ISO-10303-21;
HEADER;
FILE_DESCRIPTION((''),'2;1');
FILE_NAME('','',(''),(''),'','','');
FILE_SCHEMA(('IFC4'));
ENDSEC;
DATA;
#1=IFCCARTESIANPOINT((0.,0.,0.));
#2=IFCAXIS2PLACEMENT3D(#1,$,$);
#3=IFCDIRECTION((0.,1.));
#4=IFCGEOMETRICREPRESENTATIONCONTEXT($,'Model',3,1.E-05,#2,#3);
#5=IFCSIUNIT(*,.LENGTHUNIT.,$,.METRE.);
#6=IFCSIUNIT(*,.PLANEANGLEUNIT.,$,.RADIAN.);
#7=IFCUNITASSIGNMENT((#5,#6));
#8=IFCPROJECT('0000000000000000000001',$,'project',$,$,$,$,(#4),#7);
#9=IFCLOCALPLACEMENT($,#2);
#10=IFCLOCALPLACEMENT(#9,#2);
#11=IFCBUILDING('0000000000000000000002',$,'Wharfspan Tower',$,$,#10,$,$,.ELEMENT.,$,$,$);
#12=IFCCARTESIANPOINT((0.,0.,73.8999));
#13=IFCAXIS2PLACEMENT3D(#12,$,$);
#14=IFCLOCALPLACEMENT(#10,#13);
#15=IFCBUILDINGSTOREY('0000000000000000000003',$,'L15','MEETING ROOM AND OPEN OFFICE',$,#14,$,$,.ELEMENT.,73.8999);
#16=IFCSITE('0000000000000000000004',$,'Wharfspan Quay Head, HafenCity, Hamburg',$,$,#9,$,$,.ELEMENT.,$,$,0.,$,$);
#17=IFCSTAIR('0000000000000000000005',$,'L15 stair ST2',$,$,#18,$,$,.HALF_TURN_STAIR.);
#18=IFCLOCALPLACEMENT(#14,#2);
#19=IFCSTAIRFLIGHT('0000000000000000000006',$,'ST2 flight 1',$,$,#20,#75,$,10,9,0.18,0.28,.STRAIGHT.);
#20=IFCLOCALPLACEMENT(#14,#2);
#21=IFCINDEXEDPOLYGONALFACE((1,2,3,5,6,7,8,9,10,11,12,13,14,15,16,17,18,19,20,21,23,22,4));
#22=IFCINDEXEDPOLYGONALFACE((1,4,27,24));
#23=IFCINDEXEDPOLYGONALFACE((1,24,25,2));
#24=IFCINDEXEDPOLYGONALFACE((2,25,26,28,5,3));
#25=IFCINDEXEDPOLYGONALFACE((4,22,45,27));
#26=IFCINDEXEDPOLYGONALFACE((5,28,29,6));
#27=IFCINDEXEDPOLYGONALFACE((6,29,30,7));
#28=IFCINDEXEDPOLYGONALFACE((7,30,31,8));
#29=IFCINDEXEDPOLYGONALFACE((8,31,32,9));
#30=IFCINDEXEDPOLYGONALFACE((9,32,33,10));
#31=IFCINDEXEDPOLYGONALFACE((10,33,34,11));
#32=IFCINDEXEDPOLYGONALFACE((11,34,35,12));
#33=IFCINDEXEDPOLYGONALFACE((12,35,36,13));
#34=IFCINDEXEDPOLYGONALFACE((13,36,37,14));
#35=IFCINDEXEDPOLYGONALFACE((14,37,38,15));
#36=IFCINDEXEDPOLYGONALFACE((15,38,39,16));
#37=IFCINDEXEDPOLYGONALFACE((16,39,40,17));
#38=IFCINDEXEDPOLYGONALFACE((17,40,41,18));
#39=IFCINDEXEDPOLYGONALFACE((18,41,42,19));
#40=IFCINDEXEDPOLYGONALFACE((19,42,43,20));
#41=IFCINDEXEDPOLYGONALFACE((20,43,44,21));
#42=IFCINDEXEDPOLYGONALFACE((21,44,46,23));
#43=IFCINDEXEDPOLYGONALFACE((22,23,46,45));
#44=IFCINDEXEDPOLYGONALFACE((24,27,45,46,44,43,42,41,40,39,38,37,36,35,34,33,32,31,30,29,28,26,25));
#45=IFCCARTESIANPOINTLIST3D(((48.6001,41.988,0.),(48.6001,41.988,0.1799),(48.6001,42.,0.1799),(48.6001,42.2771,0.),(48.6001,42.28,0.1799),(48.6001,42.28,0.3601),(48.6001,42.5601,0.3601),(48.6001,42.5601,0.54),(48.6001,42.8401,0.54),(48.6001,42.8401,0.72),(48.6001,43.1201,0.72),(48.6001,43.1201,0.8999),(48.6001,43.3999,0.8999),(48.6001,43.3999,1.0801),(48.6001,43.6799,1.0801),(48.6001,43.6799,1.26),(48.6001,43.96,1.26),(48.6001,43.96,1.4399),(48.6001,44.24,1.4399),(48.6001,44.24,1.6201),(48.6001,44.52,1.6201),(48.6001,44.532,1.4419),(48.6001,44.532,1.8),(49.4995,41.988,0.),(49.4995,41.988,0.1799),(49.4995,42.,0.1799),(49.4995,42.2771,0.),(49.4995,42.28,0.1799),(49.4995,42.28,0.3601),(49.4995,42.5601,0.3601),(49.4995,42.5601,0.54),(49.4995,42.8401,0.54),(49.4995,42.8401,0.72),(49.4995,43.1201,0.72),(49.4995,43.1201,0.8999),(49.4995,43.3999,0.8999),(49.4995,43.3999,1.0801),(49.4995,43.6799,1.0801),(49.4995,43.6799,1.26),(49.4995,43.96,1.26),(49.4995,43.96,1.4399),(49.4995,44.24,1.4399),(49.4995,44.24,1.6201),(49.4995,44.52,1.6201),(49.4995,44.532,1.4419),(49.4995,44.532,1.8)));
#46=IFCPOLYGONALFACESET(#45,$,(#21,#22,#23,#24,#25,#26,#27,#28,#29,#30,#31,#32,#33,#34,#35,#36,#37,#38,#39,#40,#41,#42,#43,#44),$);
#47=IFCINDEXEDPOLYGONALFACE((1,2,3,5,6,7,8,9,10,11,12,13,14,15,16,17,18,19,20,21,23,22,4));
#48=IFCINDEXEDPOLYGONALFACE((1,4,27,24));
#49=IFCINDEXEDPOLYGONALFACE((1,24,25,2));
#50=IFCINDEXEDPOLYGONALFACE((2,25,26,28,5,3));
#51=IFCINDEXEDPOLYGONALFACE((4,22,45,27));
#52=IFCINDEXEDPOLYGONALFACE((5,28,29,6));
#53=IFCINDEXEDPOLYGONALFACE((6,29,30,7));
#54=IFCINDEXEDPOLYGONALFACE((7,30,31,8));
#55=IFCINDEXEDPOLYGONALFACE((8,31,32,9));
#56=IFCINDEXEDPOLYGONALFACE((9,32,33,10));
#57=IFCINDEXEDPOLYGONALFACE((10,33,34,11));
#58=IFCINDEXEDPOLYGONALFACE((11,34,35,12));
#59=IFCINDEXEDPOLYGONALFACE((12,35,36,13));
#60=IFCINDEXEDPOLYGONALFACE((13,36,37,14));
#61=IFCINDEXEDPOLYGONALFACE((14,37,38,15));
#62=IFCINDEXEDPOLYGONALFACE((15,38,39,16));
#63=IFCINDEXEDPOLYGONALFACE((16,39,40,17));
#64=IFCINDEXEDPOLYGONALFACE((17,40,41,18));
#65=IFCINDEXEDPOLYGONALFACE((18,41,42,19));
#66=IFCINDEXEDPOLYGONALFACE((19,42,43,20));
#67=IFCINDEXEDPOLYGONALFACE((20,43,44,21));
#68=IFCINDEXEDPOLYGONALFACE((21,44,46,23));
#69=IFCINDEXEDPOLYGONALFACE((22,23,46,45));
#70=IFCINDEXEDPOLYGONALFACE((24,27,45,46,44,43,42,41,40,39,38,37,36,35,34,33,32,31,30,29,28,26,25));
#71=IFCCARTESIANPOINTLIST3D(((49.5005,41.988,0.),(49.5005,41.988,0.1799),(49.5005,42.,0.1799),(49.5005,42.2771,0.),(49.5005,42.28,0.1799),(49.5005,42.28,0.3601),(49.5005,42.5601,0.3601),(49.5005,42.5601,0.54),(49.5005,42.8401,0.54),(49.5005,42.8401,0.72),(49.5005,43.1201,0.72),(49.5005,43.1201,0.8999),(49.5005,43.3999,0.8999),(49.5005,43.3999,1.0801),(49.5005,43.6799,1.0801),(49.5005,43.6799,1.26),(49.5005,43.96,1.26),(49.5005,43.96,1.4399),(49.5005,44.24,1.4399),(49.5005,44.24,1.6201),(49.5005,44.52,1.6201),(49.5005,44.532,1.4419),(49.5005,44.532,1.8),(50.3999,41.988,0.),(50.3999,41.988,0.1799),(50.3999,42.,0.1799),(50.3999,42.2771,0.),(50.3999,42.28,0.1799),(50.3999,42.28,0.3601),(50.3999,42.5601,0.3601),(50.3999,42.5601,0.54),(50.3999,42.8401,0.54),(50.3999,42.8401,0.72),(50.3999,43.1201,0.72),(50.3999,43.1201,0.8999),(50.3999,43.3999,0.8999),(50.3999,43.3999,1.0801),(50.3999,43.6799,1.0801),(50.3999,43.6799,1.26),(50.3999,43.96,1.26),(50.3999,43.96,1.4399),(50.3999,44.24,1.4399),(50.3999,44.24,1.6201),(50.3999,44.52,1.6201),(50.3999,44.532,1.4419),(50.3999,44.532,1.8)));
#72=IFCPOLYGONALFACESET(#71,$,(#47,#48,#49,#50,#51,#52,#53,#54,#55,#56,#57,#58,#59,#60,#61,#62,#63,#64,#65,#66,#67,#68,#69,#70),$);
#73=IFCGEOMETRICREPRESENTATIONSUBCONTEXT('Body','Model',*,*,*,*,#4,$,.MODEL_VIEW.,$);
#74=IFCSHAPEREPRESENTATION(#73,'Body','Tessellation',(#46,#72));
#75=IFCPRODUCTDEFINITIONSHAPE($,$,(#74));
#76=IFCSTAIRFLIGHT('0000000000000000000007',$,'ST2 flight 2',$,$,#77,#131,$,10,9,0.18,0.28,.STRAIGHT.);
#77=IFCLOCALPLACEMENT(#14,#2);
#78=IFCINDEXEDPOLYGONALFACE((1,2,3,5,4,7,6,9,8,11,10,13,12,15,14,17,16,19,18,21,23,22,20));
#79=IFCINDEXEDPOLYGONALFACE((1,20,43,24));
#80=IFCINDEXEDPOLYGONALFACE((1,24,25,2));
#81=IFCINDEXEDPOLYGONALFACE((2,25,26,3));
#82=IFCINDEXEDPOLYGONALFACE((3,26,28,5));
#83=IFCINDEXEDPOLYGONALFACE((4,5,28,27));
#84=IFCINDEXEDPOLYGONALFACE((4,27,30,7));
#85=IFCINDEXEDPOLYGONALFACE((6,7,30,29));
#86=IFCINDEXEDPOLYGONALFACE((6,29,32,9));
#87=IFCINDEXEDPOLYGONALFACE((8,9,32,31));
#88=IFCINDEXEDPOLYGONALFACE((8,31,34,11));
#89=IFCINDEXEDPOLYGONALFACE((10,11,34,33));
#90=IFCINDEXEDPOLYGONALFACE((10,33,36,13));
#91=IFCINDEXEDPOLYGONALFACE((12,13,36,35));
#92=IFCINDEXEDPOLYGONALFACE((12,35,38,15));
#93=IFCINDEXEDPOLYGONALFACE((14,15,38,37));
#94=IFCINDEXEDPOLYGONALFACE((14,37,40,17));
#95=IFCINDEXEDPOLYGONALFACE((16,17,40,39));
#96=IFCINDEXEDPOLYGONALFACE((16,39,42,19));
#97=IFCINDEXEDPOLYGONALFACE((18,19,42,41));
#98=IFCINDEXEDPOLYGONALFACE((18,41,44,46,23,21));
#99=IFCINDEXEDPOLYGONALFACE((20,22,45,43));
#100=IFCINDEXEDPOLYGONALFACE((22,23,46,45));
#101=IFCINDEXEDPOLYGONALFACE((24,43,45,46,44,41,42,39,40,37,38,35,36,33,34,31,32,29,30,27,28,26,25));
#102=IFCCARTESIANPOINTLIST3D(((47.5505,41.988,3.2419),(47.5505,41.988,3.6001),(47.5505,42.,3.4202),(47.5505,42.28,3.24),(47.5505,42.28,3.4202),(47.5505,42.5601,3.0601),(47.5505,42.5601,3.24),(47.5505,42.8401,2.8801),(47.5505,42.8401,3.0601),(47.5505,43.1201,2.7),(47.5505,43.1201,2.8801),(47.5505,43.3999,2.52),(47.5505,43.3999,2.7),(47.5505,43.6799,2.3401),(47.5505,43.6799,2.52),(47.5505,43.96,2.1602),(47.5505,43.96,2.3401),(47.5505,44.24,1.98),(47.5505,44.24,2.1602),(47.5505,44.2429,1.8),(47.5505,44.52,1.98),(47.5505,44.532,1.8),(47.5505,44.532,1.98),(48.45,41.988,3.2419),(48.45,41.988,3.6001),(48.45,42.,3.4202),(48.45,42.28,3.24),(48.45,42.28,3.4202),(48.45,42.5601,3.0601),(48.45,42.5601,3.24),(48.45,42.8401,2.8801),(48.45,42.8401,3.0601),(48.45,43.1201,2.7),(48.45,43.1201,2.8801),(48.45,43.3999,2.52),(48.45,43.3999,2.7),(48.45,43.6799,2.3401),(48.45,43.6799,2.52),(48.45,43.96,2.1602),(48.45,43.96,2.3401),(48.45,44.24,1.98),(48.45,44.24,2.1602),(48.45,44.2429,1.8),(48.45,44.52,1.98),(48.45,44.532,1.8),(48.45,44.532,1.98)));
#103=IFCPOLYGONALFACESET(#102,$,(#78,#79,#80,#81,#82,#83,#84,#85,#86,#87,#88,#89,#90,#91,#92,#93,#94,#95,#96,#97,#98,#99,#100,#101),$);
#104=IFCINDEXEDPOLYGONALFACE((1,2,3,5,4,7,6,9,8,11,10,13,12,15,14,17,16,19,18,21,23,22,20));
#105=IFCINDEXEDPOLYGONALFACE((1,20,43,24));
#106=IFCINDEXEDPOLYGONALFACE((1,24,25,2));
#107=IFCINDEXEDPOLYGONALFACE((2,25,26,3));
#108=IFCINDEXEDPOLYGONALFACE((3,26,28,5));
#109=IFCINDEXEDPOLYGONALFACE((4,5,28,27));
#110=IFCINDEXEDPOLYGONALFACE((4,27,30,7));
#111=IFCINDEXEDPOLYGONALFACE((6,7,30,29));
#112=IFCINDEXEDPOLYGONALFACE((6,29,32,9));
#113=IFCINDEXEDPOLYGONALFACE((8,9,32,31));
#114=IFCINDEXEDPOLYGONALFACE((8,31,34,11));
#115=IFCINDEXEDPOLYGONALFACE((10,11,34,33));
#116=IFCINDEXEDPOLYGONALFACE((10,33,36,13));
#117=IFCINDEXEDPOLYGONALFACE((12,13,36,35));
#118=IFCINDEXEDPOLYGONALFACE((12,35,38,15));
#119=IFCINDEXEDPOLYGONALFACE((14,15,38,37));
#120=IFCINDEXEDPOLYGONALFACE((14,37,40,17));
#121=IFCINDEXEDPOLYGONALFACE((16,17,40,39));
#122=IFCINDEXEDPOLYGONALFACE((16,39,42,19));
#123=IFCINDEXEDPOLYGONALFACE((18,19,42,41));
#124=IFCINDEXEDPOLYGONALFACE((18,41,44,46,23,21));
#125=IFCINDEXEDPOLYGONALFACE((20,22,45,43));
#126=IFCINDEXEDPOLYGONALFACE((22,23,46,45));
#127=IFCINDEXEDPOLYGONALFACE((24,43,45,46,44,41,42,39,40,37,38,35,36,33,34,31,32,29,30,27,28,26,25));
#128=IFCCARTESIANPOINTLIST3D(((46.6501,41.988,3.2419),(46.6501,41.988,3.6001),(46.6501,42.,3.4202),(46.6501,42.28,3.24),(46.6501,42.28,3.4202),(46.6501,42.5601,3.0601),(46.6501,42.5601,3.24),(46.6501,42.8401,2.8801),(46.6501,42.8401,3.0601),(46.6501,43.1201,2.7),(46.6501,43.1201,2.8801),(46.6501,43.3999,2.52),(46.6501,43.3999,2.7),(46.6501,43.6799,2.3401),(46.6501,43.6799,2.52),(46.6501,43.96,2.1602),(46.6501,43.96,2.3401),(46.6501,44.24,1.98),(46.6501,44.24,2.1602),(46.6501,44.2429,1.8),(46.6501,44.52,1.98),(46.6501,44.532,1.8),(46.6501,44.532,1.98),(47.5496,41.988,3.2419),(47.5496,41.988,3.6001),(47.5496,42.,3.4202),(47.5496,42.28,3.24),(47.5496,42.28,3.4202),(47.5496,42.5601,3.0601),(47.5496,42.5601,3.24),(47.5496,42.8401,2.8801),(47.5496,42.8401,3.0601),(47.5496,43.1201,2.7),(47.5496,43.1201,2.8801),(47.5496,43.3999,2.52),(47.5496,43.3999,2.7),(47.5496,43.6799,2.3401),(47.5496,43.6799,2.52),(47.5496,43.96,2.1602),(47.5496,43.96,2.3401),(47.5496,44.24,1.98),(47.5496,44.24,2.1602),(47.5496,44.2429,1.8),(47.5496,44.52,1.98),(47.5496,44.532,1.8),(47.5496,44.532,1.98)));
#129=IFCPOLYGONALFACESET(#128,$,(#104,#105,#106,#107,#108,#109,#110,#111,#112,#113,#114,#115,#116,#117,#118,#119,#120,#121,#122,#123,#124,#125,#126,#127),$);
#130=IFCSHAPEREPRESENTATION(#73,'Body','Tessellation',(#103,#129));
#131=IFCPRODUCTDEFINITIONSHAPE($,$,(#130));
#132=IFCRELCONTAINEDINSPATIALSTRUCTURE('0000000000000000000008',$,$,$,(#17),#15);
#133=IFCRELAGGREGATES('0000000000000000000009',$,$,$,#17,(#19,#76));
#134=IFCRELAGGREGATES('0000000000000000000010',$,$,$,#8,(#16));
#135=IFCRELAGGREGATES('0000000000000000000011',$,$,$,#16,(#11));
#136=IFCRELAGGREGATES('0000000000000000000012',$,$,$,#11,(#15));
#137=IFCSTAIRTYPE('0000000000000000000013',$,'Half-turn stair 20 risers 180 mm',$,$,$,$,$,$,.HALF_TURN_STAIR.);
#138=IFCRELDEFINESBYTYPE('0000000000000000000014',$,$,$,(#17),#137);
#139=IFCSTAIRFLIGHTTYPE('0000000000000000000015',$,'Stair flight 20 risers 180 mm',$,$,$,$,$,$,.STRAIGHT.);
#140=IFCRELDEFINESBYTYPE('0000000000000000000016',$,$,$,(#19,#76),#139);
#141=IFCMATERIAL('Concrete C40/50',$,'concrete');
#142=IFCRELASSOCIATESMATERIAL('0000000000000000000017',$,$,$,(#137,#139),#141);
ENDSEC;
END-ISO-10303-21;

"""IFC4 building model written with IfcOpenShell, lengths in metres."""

from ifc_helpers import new_model, si_unit, direction, frame, origin, place, context, subcontext, project, spatial, polyline, outline, extrude, material, type_object, element, aggregate, save


model = new_model("IFC4")

# Units and contexts
model_context = context("Model", 3, precision=1e-05, world=origin(), true_north=direction((0.0, 1.0)))
body_context = subcontext(model_context, "Body", "Model", "MODEL_VIEW")
ifc_project = project(units=[si_unit("LENGTHUNIT", "METRE"), si_unit("PLANEANGLEUNIT", "RADIAN")], contexts=[model_context])

# Site, building, storey
site_placement = place(None, origin())
site = spatial("IfcSite", under=ifc_project, at=site_placement, Name="Wharfspan Quay Head, HafenCity, Hamburg", CompositionType="ELEMENT", RefElevation=0.0)
building_placement = place(site_placement, origin())
building = spatial("IfcBuilding", under=site, at=building_placement, Name="Wharfspan Tower", CompositionType="ELEMENT")
storey_placement = place(building_placement, frame((0.0, 0.0, 73.8999)))
storey = spatial("IfcBuildingStorey", under=building, at=storey_placement, Name="L15", Description="MEETING ROOM AND OPEN OFFICE", CompositionType="ELEMENT", Elevation=73.8999)

# Shared definitions
ifc_material_1 = material(Name="Concrete C40/50", Category="concrete")

# Stair, stair flights
stair_type = type_object("IfcStairType", Name="Half-turn stair 20 risers 180 mm", PredefinedType="HALF_TURN_STAIR", material=ifc_material_1)
stair_placement = place(storey_placement, origin())
stair = element("IfcStair", 1, at=stair_placement, inside=storey, type_object=stair_type, Name="L15 stair ST2", PredefinedType="HALF_TURN_STAIR")
stair_flight_type = type_object("IfcStairFlightType", Name="Stair flight 20 risers 180 mm", PredefinedType="STRAIGHT", material=ifc_material_1)
stair_flight_1_placement = place(storey_placement, frame((49.5, 42.0, 0.0), z_axis=(0.0, 0.0, 1.0), x_axis=(0.0, 1.0, 0.0)))
stair_flight_1 = element("IfcStairFlight", 2, at=stair_flight_1_placement, type_object=stair_flight_type, Name="ST2 flight 1", NumberOfRisers=10, NumberOfTreads=9, PredefinedType="STRAIGHT", RiserHeight=0.18, TreadLength=0.28, context=body_context, shape_type="SweptSolid", body=[
    extrude(outline(polyline([(-0.012, 0.0), (-0.012, 0.1799), (0.0, 0.1799), (0.28, 0.1799), (0.28, 0.3601), (0.5601, 0.3601), (0.5601, 0.54), (0.8401, 0.54), (0.8401, 0.72), (1.1201, 0.72), (1.1201, 0.8999), (1.3999, 0.8999), (1.3999, 1.0801), (1.6799, 1.0801), (1.6799, 1.26), (1.96, 1.26), (1.96, 1.4399), (2.24, 1.4399), (2.24, 1.6201), (2.52, 1.6201), (2.532, 1.8), (2.532, 1.4419), (0.2771, 0.0), (-0.012, 0.0)])), frame((0.0, 0.8999, 0.0), z_axis=(0.0, -1.0, 0.0), x_axis=(1.0, 0.0, 0.0)), (0.0, 0.0, 1.0), 0.8994),
    extrude(outline(polyline([(-0.012, 0.0), (-0.012, 0.1799), (0.0, 0.1799), (0.28, 0.1799), (0.28, 0.3601), (0.5601, 0.3601), (0.5601, 0.54), (0.8401, 0.54), (0.8401, 0.72), (1.1201, 0.72), (1.1201, 0.8999), (1.3999, 0.8999), (1.3999, 1.0801), (1.6799, 1.0801), (1.6799, 1.26), (1.96, 1.26), (1.96, 1.4399), (2.24, 1.4399), (2.24, 1.6201), (2.52, 1.6201), (2.532, 1.8), (2.532, 1.4419), (0.2771, 0.0), (-0.012, 0.0)])), frame((0.0, -0.0005, 0.0), z_axis=(0.0, -1.0, 0.0), x_axis=(1.0, 0.0, 0.0)), (0.0, 0.0, 1.0), 0.8994),
])
stair_flight_2_placement = place(storey_placement, frame((47.55, 44.52, 1.8), z_axis=(0.0, 0.0, 1.0), x_axis=(0.0, -1.0, 0.0)))
stair_flight_2 = element("IfcStairFlight", 3, at=stair_flight_2_placement, type_object=stair_flight_type, Name="ST2 flight 2", NumberOfRisers=10, NumberOfTreads=9, PredefinedType="STRAIGHT", RiserHeight=0.18, TreadLength=0.28, context=body_context, shape_type="SweptSolid", body=[
    extrude(outline(polyline([(-0.012, 0.0), (-0.012, 0.1799), (0.0, 0.1799), (0.28, 0.1799), (0.28, 0.3601), (0.5601, 0.3601), (0.5601, 0.54), (0.8401, 0.54), (0.8401, 0.72), (1.1201, 0.72), (1.1201, 0.8999), (1.3999, 0.8999), (1.3999, 1.0801), (1.6799, 1.0801), (1.6799, 1.26), (1.96, 1.26), (1.96, 1.4399), (2.24, 1.4399), (2.24, 1.6201), (2.52, 1.6201), (2.532, 1.8), (2.532, 1.4419), (0.2771, 0.0), (-0.012, 0.0)])), frame((0.0, 0.8999, 0.0), z_axis=(0.0, -1.0, 0.0), x_axis=(1.0, 0.0, 0.0)), (0.0, 0.0, 1.0), 0.8994),
    extrude(outline(polyline([(-0.012, 0.0), (-0.012, 0.1799), (0.0, 0.1799), (0.28, 0.1799), (0.28, 0.3601), (0.5601, 0.3601), (0.5601, 0.54), (0.8401, 0.54), (0.8401, 0.72), (1.1201, 0.72), (1.1201, 0.8999), (1.3999, 0.8999), (1.3999, 1.0801), (1.6799, 1.0801), (1.6799, 1.26), (1.96, 1.26), (1.96, 1.4399), (2.24, 1.4399), (2.24, 1.6201), (2.52, 1.6201), (2.532, 1.8), (2.532, 1.4419), (0.2771, 0.0), (-0.012, 0.0)])), frame((0.0, -0.0005, 0.0), z_axis=(0.0, -1.0, 0.0), x_axis=(1.0, 0.0, 0.0)), (0.0, 0.0, 1.0), 0.8994),
])
aggregate(stair, [stair_flight_1, stair_flight_2])

save(model, "model.ifc")
